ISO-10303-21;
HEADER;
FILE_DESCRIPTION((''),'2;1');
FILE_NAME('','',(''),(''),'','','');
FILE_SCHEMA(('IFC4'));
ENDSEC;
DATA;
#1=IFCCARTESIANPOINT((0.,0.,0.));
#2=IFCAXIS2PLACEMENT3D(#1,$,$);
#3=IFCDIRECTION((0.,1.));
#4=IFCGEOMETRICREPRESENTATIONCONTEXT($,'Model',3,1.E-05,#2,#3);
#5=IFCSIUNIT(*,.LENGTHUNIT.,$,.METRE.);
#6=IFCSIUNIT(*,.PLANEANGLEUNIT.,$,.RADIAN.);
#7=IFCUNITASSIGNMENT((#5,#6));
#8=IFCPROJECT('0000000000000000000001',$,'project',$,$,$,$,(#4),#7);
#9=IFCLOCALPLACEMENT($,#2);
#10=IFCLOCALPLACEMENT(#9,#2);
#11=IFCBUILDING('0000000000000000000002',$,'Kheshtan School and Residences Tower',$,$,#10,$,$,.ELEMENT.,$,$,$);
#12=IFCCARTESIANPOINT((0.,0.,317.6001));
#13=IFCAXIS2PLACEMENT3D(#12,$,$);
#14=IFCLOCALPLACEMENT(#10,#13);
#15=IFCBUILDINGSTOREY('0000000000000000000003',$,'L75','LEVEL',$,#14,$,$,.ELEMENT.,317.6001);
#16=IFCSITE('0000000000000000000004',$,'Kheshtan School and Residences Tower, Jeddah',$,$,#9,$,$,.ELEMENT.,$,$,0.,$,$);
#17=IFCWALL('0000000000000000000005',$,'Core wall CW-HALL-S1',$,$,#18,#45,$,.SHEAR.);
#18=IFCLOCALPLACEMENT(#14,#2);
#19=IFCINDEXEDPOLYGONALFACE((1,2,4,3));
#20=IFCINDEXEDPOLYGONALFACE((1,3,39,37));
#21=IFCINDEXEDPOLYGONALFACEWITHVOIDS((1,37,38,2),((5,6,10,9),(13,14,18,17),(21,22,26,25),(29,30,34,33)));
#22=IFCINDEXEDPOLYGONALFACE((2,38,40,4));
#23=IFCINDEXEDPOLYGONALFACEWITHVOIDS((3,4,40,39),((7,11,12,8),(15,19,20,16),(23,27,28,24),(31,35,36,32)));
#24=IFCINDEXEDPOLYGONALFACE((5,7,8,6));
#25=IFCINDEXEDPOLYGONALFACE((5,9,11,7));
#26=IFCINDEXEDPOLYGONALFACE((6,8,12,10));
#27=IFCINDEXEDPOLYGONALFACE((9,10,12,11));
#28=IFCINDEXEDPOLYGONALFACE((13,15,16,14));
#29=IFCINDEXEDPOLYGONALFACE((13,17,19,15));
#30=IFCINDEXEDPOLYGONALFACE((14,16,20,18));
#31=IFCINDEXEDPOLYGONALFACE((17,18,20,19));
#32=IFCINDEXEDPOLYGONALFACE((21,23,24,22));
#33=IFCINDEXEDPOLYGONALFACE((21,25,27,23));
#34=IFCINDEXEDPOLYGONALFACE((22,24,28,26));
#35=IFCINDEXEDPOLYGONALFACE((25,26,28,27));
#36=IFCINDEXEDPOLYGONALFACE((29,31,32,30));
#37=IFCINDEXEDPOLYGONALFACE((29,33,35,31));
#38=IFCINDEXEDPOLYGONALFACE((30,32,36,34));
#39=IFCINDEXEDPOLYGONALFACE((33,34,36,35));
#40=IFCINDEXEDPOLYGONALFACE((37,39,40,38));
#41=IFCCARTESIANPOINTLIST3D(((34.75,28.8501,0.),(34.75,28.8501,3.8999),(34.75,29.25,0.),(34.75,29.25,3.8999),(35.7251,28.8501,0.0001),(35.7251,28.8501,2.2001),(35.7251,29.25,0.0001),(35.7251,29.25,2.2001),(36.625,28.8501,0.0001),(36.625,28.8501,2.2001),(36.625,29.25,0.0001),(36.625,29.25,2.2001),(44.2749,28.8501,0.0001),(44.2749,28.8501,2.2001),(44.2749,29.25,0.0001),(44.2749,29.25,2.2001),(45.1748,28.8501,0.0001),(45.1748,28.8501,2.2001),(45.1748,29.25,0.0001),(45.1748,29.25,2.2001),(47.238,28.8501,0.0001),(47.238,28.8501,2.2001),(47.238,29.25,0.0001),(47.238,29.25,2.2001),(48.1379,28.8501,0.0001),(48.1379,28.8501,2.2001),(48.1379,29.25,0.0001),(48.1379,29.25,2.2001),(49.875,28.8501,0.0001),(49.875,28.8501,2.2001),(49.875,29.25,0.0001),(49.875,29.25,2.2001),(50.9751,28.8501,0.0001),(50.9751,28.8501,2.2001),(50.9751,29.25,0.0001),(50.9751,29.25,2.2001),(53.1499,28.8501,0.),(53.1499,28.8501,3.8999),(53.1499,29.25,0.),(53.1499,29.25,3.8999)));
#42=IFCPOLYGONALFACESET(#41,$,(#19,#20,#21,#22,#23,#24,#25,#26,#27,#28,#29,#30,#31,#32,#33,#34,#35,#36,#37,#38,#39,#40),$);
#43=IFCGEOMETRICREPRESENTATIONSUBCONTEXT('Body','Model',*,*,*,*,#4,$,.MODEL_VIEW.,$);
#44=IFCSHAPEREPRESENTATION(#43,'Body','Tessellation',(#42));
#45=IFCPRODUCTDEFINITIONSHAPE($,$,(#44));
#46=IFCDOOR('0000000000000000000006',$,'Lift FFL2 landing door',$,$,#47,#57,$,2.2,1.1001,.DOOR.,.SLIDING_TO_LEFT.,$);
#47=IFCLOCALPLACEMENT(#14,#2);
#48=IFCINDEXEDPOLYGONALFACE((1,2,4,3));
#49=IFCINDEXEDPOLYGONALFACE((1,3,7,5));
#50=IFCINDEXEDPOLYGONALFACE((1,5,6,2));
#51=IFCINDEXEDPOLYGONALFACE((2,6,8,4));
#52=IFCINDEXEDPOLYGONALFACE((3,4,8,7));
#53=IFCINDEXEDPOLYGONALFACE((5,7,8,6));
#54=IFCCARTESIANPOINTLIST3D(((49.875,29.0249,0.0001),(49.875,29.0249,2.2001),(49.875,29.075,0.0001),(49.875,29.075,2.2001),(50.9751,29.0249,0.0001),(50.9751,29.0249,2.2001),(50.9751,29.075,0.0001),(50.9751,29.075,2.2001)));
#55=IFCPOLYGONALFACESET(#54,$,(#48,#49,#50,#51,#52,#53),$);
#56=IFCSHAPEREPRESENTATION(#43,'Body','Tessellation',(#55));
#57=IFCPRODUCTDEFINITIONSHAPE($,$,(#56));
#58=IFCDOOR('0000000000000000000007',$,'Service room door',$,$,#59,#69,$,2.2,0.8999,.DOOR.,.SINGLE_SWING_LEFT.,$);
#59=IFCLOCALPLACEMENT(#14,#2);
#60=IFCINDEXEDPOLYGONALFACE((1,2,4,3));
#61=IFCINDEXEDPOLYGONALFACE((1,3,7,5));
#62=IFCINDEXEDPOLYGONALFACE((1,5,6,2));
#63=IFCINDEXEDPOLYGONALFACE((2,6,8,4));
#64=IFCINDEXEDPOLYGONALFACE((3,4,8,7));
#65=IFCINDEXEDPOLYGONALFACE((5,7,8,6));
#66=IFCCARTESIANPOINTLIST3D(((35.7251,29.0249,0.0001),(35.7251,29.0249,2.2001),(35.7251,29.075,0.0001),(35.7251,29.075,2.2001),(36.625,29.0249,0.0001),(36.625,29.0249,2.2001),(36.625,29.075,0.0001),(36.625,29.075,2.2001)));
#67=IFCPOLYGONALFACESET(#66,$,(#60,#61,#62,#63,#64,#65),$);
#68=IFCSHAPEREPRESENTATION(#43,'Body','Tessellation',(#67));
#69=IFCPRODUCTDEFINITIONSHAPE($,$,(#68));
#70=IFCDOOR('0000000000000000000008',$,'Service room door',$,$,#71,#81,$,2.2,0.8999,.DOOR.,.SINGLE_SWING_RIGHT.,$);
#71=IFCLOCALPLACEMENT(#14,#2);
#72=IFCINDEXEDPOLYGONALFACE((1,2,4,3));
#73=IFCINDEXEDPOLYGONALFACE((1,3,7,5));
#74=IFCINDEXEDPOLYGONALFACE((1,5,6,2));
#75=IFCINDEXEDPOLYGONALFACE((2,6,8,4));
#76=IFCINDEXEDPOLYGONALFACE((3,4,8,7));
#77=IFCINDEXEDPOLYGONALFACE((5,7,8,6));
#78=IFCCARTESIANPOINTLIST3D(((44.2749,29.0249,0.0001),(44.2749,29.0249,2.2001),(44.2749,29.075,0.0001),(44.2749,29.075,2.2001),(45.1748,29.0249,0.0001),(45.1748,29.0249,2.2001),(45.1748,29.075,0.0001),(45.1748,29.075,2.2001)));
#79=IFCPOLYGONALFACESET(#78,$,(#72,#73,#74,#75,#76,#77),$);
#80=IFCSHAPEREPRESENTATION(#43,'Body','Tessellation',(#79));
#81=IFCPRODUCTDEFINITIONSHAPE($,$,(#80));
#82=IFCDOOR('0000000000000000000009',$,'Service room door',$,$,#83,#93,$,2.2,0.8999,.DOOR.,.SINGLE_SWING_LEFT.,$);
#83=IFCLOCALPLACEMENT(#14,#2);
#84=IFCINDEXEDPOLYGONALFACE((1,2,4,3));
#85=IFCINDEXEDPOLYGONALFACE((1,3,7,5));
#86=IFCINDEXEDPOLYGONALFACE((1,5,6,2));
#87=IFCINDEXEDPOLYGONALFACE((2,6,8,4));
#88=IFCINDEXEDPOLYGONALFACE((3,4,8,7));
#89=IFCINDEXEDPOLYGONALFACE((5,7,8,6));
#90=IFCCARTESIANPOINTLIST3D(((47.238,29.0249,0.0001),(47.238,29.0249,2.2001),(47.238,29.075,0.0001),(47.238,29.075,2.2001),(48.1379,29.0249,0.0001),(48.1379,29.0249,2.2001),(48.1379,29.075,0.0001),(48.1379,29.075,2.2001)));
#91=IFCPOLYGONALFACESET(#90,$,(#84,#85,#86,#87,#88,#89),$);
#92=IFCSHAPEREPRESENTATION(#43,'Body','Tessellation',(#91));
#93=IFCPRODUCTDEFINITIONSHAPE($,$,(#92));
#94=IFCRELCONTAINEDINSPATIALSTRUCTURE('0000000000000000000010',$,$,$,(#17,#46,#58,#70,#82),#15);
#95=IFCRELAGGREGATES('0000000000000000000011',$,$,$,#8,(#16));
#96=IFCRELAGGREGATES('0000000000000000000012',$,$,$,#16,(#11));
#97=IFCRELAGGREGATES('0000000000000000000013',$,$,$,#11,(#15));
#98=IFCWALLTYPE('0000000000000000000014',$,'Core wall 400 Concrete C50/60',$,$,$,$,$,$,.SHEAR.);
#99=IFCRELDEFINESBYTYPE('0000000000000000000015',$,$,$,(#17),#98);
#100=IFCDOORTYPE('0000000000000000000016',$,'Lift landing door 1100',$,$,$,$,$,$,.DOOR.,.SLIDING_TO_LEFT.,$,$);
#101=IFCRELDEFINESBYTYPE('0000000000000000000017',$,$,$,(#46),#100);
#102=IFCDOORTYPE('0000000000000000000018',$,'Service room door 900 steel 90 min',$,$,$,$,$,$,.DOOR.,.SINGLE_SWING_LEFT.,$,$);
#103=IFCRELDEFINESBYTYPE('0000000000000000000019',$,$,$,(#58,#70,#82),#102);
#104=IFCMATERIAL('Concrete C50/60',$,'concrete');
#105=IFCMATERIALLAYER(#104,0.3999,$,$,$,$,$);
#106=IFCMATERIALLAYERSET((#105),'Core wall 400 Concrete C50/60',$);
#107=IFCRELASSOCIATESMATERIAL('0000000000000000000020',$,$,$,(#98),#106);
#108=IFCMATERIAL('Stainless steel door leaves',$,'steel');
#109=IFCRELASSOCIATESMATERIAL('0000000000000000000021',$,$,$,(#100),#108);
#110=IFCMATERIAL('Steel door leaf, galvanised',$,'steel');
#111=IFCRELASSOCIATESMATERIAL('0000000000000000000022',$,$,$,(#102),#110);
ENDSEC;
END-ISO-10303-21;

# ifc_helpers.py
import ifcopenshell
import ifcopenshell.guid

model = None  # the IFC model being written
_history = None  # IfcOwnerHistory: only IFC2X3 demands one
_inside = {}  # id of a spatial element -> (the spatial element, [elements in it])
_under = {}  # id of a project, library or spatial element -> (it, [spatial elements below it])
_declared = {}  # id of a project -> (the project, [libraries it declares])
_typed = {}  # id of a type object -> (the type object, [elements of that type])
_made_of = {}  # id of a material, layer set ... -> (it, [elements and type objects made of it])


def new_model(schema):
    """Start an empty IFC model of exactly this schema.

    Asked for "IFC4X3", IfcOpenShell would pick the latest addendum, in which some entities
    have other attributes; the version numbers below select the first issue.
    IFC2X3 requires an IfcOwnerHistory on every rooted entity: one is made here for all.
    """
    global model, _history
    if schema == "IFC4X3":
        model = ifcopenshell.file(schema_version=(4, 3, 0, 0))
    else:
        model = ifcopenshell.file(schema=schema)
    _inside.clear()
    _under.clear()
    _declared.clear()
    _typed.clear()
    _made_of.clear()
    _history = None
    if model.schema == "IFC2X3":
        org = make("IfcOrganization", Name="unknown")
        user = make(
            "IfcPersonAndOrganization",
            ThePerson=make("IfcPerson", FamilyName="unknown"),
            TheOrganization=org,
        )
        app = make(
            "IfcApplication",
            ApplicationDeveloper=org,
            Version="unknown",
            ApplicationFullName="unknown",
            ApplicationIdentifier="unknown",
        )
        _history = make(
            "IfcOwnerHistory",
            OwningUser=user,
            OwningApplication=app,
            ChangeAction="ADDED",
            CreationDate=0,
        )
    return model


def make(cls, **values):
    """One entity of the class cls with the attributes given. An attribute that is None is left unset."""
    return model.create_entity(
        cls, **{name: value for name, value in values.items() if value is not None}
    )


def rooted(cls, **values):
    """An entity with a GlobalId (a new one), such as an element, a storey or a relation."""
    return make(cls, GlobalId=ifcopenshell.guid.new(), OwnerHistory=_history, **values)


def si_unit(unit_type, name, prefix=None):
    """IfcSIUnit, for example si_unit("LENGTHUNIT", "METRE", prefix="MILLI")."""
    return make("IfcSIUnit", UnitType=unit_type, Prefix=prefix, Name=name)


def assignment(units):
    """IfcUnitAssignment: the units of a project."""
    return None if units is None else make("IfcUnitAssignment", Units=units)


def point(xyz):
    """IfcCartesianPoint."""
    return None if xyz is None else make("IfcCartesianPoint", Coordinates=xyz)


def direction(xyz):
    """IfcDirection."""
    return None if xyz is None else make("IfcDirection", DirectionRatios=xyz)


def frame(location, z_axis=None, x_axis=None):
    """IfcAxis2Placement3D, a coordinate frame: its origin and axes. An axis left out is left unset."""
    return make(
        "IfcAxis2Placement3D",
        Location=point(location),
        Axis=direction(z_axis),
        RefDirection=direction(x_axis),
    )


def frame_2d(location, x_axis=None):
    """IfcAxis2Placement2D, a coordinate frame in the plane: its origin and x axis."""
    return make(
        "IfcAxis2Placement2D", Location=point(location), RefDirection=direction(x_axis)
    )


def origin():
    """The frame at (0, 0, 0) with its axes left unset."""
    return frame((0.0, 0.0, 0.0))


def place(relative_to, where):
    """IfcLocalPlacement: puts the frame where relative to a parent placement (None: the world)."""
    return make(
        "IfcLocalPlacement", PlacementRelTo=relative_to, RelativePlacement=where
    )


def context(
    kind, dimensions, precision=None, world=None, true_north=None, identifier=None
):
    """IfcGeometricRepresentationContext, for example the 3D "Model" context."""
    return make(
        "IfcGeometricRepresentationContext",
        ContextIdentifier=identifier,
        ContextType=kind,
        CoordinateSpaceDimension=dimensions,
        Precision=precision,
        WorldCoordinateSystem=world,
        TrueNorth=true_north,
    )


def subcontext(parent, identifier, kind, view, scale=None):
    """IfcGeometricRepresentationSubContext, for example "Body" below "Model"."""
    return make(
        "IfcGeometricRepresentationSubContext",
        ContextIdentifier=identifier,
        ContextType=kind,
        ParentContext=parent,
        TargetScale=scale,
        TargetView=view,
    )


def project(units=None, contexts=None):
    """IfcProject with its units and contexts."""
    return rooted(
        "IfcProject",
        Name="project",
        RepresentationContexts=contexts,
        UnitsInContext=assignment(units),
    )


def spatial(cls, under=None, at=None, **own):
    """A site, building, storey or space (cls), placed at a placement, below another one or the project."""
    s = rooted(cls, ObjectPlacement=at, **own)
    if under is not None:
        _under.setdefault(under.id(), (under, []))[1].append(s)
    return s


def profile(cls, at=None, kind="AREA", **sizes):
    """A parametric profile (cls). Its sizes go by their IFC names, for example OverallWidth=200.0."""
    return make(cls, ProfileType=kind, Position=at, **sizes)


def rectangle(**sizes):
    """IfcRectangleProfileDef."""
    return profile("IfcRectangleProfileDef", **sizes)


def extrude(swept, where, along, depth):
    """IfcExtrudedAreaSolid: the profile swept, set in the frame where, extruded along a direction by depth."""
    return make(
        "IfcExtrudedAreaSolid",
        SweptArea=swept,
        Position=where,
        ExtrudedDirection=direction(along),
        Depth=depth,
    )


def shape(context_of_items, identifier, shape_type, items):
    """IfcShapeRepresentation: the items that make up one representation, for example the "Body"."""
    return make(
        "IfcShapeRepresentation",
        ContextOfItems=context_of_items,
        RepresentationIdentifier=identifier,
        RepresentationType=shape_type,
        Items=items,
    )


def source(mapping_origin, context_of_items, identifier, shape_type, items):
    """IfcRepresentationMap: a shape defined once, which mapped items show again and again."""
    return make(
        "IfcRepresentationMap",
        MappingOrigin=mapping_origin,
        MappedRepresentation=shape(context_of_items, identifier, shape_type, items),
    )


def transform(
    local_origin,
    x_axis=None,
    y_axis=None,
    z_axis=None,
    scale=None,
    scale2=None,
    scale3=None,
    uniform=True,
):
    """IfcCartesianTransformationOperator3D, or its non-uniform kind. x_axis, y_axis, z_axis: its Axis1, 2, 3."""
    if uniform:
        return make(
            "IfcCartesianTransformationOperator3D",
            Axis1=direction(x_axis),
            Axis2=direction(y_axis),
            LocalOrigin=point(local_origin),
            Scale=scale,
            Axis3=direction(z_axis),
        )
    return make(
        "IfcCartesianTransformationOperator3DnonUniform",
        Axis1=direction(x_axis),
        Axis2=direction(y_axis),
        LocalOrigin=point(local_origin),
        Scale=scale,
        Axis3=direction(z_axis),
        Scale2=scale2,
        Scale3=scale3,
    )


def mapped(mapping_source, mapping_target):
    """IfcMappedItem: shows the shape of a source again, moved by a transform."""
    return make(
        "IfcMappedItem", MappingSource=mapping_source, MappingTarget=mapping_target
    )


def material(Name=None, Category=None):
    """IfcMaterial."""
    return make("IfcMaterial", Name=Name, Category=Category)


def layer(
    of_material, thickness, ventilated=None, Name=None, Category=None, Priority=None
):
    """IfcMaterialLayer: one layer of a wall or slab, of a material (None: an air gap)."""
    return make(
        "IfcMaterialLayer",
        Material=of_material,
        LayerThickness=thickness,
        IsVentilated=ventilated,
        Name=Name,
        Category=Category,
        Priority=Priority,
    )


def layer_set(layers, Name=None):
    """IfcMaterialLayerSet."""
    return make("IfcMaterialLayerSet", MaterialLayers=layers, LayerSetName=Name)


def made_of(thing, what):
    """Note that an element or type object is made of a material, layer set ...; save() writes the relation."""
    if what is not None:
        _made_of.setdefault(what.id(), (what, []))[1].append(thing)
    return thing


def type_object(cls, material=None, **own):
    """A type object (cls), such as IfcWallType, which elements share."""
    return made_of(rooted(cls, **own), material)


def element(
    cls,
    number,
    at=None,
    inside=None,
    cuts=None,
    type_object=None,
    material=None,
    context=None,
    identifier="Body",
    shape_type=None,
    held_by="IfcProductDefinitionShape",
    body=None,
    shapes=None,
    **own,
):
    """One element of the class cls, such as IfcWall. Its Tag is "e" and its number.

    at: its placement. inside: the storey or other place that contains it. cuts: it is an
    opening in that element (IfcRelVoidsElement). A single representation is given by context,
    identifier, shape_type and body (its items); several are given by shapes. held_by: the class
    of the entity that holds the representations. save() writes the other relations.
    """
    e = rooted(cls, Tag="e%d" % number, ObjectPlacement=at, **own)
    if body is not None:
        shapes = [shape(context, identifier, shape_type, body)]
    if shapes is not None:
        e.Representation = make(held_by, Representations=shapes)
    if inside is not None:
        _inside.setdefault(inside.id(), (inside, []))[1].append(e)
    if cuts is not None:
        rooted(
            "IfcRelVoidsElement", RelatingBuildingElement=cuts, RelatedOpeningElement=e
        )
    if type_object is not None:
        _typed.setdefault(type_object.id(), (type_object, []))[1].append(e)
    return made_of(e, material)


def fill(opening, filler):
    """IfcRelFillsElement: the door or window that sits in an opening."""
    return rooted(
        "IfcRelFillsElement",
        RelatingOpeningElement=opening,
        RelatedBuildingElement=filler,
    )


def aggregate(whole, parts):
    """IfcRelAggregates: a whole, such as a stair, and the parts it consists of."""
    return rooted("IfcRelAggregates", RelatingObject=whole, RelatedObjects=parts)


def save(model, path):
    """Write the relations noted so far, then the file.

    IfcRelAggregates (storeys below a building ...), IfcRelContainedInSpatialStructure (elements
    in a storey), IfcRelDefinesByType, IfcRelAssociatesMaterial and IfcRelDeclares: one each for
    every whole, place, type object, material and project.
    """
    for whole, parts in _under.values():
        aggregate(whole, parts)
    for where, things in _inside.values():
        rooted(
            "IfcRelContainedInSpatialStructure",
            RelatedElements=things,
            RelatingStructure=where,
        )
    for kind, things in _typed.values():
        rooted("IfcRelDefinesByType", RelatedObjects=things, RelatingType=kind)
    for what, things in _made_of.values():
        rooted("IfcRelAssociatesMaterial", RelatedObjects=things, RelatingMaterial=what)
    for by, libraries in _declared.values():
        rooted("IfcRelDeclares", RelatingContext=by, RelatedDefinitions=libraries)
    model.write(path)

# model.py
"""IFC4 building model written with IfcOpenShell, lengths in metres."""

from ifc_helpers import new_model, si_unit, direction, frame, frame_2d, origin, place, context, subcontext, project, spatial, rectangle, extrude, source, transform, mapped, material, layer, layer_set, type_object, element, fill, save


model = new_model("IFC4")

# Units and contexts
model_context = context("Model", 3, precision=1e-05, world=origin(), true_north=direction((0.0, 1.0)))
body_context = subcontext(model_context, "Body", "Model", "MODEL_VIEW")
ifc_project = project(units=[si_unit("LENGTHUNIT", "METRE"), si_unit("PLANEANGLEUNIT", "RADIAN")], contexts=[model_context])

# Site, building, storey
site_placement = place(None, origin())
site = spatial("IfcSite", under=ifc_project, at=site_placement, Name="Kheshtan School and Residences Tower, Jeddah", CompositionType="ELEMENT", RefElevation=0.0)
building_placement = place(site_placement, origin())
building = spatial("IfcBuilding", under=site, at=building_placement, Name="Kheshtan School and Residences Tower", CompositionType="ELEMENT")
storey_placement = place(building_placement, frame((0.0, 0.0, 317.6001)))
storey = spatial("IfcBuildingStorey", under=building, at=storey_placement, Name="L75", Description="LEVEL", CompositionType="ELEMENT", Elevation=317.6001)

# Wall, openings, doors
ifc_material_1 = material(Name="Concrete C50/60", Category="concrete")
ifc_layer_1 = layer(ifc_material_1, 0.3999)
ifc_layer_set_1 = layer_set([ifc_layer_1], Name="Core wall 400 Concrete C50/60")
wall_type_1 = type_object("IfcWallType", Name="Core wall 400 Concrete C50/60", PredefinedType="SHEAR", material=ifc_layer_set_1)
wall_1_placement = place(storey_placement, frame((34.75, 29.05, 0.0), z_axis=(0.0, 0.0, 1.0), x_axis=(1.0, 0.0, 0.0)))
wall_1 = element("IfcWall", 1, at=wall_1_placement, inside=storey, type_object=wall_type_1, Name="Core wall CW-HALL-S1", PredefinedType="SHEAR", context=body_context, shape_type="SweptSolid", body=[
    extrude(rectangle(XDim=18.3999, YDim=0.3999, at=frame_2d((9.2, 0.0))), origin(), (0.0, 0.0, 1.0), 3.8999),
])
opening_1_placement = place(wall_1_placement, frame((15.125, 0.0, 0.0)))
opening_1 = element("IfcOpeningElement", 2, at=opening_1_placement, cuts=wall_1, PredefinedType="OPENING", context=body_context, shape_type="SweptSolid", body=[
    extrude(rectangle(XDim=1.1001, YDim=2.2, at=frame_2d((0.55, 1.1001))), frame((0.0, 0.21, 0.0), z_axis=(0.0, -1.0, 0.0), x_axis=(1.0, 0.0, 0.0)), (0.0, 0.0, 1.0), 0.4199),
])
opening_2_placement = place(wall_1_placement, frame((0.9751, 0.0, 0.0)))
opening_2 = element("IfcOpeningElement", 3, at=opening_2_placement, cuts=wall_1, PredefinedType="OPENING", context=body_context, shape_type="SweptSolid", body=[
    extrude(rectangle(XDim=0.8999, YDim=2.2, at=frame_2d((0.45, 1.1001))), frame((0.0, 0.21, 0.0), z_axis=(0.0, -1.0, 0.0), x_axis=(1.0, 0.0, 0.0)), (0.0, 0.0, 1.0), 0.4199),
])
opening_3_placement = place(wall_1_placement, frame((9.5249, 0.0, 0.0)))
opening_3 = element("IfcOpeningElement", 4, at=opening_3_placement, cuts=wall_1, PredefinedType="OPENING", context=body_context, shape_type="SweptSolid", body=[
    extrude(rectangle(XDim=0.8999, YDim=2.2, at=frame_2d((0.45, 1.1001))), frame((0.0, 0.21, 0.0), z_axis=(0.0, -1.0, 0.0), x_axis=(1.0, 0.0, 0.0)), (0.0, 0.0, 1.0), 0.4199),
])
opening_4_placement = place(wall_1_placement, frame((12.488, 0.0, 0.0)))
opening_4 = element("IfcOpeningElement", 5, at=opening_4_placement, cuts=wall_1, PredefinedType="OPENING", context=body_context, shape_type="SweptSolid", body=[
    extrude(rectangle(XDim=0.8999, YDim=2.2, at=frame_2d((0.45, 1.1001))), frame((0.0, 0.21, 0.0), z_axis=(0.0, -1.0, 0.0), x_axis=(1.0, 0.0, 0.0)), (0.0, 0.0, 1.0), 0.4199),
])
ifc_material_2 = material(Name="Stainless steel door leaves", Category="steel")
door_type_1 = type_object("IfcDoorType", Name="Lift landing door 1100", OperationType="SLIDING_TO_LEFT", PredefinedType="DOOR", material=ifc_material_2)
shared_shape_1 = source(origin(), body_context, "Body", "SweptSolid", [
    extrude(rectangle(XDim=1.1001, YDim=2.2, at=frame_2d((0.55, 1.1001))), frame((0.0, 0.0249, 0.0), z_axis=(0.0, -1.0, 0.0), x_axis=(1.0, 0.0, 0.0)), (0.0, 0.0, 1.0), 0.05),
])
door_1_placement = place(opening_1_placement, origin())
door_1 = element("IfcDoor", 6, at=door_1_placement, inside=storey, type_object=door_type_1, Name="Lift FFL2 landing door", OperationType="SLIDING_TO_LEFT", OverallHeight=2.2, OverallWidth=1.1001, PredefinedType="DOOR", context=body_context, shape_type="MappedRepresentation", body=[
    mapped(shared_shape_1, transform((0.0, 0.0, 0.0), x_axis=(1.0, 0.0, 0.0), y_axis=(0.0, 1.0, 0.0), z_axis=(0.0, 0.0, 1.0), scale=1.0)),
])
fill(opening_1, door_1)
ifc_material_3 = material(Name="Steel door leaf, galvanised", Category="steel")
door_type_2 = type_object("IfcDoorType", Name="Service room door 900 steel 90 min", OperationType="SINGLE_SWING_LEFT", PredefinedType="DOOR", material=ifc_material_3)
shared_shape_2 = source(origin(), body_context, "Body", "SweptSolid", [
    extrude(rectangle(XDim=0.8999, YDim=2.2, at=frame_2d((0.45, 1.1001))), frame((0.0, 0.0249, 0.0), z_axis=(0.0, -1.0, 0.0), x_axis=(1.0, 0.0, 0.0)), (0.0, 0.0, 1.0), 0.05),
])
door_2_placement = place(opening_2_placement, origin())
door_2 = element("IfcDoor", 7, at=door_2_placement, inside=storey, type_object=door_type_2, Name="Service room door", OperationType="SINGLE_SWING_LEFT", OverallHeight=2.2, OverallWidth=0.8999, PredefinedType="DOOR", context=body_context, shape_type="MappedRepresentation", body=[
    mapped(shared_shape_2, transform((0.0, 0.0, 0.0), x_axis=(1.0, 0.0, 0.0), y_axis=(0.0, 1.0, 0.0), z_axis=(0.0, 0.0, 1.0), scale=1.0)),
])
fill(opening_2, door_2)
door_3_placement = place(opening_3_placement, origin())
door_3 = element("IfcDoor", 8, at=door_3_placement, inside=storey, type_object=door_type_2, Name="Service room door", OperationType="SINGLE_SWING_RIGHT", OverallHeight=2.2, OverallWidth=0.8999, PredefinedType="DOOR", context=body_context, shape_type="MappedRepresentation", body=[
    mapped(shared_shape_2, transform((0.0, 0.0, 0.0), x_axis=(1.0, 0.0, 0.0), y_axis=(0.0, 1.0, 0.0), z_axis=(0.0, 0.0, 1.0), scale=1.0)),
])
fill(opening_3, door_3)
door_4_placement = place(opening_4_placement, origin())
door_4 = element("IfcDoor", 9, at=door_4_placement, inside=storey, type_object=door_type_2, Name="Service room door", OperationType="SINGLE_SWING_LEFT", OverallHeight=2.2, OverallWidth=0.8999, PredefinedType="DOOR", context=body_context, shape_type="MappedRepresentation", body=[
    mapped(shared_shape_2, transform((0.0, 0.0, 0.0), x_axis=(1.0, 0.0, 0.0), y_axis=(0.0, 1.0, 0.0), z_axis=(0.0, 0.0, 1.0), scale=1.0)),
])
fill(opening_4, door_4)

save(model, "model.ifc")
